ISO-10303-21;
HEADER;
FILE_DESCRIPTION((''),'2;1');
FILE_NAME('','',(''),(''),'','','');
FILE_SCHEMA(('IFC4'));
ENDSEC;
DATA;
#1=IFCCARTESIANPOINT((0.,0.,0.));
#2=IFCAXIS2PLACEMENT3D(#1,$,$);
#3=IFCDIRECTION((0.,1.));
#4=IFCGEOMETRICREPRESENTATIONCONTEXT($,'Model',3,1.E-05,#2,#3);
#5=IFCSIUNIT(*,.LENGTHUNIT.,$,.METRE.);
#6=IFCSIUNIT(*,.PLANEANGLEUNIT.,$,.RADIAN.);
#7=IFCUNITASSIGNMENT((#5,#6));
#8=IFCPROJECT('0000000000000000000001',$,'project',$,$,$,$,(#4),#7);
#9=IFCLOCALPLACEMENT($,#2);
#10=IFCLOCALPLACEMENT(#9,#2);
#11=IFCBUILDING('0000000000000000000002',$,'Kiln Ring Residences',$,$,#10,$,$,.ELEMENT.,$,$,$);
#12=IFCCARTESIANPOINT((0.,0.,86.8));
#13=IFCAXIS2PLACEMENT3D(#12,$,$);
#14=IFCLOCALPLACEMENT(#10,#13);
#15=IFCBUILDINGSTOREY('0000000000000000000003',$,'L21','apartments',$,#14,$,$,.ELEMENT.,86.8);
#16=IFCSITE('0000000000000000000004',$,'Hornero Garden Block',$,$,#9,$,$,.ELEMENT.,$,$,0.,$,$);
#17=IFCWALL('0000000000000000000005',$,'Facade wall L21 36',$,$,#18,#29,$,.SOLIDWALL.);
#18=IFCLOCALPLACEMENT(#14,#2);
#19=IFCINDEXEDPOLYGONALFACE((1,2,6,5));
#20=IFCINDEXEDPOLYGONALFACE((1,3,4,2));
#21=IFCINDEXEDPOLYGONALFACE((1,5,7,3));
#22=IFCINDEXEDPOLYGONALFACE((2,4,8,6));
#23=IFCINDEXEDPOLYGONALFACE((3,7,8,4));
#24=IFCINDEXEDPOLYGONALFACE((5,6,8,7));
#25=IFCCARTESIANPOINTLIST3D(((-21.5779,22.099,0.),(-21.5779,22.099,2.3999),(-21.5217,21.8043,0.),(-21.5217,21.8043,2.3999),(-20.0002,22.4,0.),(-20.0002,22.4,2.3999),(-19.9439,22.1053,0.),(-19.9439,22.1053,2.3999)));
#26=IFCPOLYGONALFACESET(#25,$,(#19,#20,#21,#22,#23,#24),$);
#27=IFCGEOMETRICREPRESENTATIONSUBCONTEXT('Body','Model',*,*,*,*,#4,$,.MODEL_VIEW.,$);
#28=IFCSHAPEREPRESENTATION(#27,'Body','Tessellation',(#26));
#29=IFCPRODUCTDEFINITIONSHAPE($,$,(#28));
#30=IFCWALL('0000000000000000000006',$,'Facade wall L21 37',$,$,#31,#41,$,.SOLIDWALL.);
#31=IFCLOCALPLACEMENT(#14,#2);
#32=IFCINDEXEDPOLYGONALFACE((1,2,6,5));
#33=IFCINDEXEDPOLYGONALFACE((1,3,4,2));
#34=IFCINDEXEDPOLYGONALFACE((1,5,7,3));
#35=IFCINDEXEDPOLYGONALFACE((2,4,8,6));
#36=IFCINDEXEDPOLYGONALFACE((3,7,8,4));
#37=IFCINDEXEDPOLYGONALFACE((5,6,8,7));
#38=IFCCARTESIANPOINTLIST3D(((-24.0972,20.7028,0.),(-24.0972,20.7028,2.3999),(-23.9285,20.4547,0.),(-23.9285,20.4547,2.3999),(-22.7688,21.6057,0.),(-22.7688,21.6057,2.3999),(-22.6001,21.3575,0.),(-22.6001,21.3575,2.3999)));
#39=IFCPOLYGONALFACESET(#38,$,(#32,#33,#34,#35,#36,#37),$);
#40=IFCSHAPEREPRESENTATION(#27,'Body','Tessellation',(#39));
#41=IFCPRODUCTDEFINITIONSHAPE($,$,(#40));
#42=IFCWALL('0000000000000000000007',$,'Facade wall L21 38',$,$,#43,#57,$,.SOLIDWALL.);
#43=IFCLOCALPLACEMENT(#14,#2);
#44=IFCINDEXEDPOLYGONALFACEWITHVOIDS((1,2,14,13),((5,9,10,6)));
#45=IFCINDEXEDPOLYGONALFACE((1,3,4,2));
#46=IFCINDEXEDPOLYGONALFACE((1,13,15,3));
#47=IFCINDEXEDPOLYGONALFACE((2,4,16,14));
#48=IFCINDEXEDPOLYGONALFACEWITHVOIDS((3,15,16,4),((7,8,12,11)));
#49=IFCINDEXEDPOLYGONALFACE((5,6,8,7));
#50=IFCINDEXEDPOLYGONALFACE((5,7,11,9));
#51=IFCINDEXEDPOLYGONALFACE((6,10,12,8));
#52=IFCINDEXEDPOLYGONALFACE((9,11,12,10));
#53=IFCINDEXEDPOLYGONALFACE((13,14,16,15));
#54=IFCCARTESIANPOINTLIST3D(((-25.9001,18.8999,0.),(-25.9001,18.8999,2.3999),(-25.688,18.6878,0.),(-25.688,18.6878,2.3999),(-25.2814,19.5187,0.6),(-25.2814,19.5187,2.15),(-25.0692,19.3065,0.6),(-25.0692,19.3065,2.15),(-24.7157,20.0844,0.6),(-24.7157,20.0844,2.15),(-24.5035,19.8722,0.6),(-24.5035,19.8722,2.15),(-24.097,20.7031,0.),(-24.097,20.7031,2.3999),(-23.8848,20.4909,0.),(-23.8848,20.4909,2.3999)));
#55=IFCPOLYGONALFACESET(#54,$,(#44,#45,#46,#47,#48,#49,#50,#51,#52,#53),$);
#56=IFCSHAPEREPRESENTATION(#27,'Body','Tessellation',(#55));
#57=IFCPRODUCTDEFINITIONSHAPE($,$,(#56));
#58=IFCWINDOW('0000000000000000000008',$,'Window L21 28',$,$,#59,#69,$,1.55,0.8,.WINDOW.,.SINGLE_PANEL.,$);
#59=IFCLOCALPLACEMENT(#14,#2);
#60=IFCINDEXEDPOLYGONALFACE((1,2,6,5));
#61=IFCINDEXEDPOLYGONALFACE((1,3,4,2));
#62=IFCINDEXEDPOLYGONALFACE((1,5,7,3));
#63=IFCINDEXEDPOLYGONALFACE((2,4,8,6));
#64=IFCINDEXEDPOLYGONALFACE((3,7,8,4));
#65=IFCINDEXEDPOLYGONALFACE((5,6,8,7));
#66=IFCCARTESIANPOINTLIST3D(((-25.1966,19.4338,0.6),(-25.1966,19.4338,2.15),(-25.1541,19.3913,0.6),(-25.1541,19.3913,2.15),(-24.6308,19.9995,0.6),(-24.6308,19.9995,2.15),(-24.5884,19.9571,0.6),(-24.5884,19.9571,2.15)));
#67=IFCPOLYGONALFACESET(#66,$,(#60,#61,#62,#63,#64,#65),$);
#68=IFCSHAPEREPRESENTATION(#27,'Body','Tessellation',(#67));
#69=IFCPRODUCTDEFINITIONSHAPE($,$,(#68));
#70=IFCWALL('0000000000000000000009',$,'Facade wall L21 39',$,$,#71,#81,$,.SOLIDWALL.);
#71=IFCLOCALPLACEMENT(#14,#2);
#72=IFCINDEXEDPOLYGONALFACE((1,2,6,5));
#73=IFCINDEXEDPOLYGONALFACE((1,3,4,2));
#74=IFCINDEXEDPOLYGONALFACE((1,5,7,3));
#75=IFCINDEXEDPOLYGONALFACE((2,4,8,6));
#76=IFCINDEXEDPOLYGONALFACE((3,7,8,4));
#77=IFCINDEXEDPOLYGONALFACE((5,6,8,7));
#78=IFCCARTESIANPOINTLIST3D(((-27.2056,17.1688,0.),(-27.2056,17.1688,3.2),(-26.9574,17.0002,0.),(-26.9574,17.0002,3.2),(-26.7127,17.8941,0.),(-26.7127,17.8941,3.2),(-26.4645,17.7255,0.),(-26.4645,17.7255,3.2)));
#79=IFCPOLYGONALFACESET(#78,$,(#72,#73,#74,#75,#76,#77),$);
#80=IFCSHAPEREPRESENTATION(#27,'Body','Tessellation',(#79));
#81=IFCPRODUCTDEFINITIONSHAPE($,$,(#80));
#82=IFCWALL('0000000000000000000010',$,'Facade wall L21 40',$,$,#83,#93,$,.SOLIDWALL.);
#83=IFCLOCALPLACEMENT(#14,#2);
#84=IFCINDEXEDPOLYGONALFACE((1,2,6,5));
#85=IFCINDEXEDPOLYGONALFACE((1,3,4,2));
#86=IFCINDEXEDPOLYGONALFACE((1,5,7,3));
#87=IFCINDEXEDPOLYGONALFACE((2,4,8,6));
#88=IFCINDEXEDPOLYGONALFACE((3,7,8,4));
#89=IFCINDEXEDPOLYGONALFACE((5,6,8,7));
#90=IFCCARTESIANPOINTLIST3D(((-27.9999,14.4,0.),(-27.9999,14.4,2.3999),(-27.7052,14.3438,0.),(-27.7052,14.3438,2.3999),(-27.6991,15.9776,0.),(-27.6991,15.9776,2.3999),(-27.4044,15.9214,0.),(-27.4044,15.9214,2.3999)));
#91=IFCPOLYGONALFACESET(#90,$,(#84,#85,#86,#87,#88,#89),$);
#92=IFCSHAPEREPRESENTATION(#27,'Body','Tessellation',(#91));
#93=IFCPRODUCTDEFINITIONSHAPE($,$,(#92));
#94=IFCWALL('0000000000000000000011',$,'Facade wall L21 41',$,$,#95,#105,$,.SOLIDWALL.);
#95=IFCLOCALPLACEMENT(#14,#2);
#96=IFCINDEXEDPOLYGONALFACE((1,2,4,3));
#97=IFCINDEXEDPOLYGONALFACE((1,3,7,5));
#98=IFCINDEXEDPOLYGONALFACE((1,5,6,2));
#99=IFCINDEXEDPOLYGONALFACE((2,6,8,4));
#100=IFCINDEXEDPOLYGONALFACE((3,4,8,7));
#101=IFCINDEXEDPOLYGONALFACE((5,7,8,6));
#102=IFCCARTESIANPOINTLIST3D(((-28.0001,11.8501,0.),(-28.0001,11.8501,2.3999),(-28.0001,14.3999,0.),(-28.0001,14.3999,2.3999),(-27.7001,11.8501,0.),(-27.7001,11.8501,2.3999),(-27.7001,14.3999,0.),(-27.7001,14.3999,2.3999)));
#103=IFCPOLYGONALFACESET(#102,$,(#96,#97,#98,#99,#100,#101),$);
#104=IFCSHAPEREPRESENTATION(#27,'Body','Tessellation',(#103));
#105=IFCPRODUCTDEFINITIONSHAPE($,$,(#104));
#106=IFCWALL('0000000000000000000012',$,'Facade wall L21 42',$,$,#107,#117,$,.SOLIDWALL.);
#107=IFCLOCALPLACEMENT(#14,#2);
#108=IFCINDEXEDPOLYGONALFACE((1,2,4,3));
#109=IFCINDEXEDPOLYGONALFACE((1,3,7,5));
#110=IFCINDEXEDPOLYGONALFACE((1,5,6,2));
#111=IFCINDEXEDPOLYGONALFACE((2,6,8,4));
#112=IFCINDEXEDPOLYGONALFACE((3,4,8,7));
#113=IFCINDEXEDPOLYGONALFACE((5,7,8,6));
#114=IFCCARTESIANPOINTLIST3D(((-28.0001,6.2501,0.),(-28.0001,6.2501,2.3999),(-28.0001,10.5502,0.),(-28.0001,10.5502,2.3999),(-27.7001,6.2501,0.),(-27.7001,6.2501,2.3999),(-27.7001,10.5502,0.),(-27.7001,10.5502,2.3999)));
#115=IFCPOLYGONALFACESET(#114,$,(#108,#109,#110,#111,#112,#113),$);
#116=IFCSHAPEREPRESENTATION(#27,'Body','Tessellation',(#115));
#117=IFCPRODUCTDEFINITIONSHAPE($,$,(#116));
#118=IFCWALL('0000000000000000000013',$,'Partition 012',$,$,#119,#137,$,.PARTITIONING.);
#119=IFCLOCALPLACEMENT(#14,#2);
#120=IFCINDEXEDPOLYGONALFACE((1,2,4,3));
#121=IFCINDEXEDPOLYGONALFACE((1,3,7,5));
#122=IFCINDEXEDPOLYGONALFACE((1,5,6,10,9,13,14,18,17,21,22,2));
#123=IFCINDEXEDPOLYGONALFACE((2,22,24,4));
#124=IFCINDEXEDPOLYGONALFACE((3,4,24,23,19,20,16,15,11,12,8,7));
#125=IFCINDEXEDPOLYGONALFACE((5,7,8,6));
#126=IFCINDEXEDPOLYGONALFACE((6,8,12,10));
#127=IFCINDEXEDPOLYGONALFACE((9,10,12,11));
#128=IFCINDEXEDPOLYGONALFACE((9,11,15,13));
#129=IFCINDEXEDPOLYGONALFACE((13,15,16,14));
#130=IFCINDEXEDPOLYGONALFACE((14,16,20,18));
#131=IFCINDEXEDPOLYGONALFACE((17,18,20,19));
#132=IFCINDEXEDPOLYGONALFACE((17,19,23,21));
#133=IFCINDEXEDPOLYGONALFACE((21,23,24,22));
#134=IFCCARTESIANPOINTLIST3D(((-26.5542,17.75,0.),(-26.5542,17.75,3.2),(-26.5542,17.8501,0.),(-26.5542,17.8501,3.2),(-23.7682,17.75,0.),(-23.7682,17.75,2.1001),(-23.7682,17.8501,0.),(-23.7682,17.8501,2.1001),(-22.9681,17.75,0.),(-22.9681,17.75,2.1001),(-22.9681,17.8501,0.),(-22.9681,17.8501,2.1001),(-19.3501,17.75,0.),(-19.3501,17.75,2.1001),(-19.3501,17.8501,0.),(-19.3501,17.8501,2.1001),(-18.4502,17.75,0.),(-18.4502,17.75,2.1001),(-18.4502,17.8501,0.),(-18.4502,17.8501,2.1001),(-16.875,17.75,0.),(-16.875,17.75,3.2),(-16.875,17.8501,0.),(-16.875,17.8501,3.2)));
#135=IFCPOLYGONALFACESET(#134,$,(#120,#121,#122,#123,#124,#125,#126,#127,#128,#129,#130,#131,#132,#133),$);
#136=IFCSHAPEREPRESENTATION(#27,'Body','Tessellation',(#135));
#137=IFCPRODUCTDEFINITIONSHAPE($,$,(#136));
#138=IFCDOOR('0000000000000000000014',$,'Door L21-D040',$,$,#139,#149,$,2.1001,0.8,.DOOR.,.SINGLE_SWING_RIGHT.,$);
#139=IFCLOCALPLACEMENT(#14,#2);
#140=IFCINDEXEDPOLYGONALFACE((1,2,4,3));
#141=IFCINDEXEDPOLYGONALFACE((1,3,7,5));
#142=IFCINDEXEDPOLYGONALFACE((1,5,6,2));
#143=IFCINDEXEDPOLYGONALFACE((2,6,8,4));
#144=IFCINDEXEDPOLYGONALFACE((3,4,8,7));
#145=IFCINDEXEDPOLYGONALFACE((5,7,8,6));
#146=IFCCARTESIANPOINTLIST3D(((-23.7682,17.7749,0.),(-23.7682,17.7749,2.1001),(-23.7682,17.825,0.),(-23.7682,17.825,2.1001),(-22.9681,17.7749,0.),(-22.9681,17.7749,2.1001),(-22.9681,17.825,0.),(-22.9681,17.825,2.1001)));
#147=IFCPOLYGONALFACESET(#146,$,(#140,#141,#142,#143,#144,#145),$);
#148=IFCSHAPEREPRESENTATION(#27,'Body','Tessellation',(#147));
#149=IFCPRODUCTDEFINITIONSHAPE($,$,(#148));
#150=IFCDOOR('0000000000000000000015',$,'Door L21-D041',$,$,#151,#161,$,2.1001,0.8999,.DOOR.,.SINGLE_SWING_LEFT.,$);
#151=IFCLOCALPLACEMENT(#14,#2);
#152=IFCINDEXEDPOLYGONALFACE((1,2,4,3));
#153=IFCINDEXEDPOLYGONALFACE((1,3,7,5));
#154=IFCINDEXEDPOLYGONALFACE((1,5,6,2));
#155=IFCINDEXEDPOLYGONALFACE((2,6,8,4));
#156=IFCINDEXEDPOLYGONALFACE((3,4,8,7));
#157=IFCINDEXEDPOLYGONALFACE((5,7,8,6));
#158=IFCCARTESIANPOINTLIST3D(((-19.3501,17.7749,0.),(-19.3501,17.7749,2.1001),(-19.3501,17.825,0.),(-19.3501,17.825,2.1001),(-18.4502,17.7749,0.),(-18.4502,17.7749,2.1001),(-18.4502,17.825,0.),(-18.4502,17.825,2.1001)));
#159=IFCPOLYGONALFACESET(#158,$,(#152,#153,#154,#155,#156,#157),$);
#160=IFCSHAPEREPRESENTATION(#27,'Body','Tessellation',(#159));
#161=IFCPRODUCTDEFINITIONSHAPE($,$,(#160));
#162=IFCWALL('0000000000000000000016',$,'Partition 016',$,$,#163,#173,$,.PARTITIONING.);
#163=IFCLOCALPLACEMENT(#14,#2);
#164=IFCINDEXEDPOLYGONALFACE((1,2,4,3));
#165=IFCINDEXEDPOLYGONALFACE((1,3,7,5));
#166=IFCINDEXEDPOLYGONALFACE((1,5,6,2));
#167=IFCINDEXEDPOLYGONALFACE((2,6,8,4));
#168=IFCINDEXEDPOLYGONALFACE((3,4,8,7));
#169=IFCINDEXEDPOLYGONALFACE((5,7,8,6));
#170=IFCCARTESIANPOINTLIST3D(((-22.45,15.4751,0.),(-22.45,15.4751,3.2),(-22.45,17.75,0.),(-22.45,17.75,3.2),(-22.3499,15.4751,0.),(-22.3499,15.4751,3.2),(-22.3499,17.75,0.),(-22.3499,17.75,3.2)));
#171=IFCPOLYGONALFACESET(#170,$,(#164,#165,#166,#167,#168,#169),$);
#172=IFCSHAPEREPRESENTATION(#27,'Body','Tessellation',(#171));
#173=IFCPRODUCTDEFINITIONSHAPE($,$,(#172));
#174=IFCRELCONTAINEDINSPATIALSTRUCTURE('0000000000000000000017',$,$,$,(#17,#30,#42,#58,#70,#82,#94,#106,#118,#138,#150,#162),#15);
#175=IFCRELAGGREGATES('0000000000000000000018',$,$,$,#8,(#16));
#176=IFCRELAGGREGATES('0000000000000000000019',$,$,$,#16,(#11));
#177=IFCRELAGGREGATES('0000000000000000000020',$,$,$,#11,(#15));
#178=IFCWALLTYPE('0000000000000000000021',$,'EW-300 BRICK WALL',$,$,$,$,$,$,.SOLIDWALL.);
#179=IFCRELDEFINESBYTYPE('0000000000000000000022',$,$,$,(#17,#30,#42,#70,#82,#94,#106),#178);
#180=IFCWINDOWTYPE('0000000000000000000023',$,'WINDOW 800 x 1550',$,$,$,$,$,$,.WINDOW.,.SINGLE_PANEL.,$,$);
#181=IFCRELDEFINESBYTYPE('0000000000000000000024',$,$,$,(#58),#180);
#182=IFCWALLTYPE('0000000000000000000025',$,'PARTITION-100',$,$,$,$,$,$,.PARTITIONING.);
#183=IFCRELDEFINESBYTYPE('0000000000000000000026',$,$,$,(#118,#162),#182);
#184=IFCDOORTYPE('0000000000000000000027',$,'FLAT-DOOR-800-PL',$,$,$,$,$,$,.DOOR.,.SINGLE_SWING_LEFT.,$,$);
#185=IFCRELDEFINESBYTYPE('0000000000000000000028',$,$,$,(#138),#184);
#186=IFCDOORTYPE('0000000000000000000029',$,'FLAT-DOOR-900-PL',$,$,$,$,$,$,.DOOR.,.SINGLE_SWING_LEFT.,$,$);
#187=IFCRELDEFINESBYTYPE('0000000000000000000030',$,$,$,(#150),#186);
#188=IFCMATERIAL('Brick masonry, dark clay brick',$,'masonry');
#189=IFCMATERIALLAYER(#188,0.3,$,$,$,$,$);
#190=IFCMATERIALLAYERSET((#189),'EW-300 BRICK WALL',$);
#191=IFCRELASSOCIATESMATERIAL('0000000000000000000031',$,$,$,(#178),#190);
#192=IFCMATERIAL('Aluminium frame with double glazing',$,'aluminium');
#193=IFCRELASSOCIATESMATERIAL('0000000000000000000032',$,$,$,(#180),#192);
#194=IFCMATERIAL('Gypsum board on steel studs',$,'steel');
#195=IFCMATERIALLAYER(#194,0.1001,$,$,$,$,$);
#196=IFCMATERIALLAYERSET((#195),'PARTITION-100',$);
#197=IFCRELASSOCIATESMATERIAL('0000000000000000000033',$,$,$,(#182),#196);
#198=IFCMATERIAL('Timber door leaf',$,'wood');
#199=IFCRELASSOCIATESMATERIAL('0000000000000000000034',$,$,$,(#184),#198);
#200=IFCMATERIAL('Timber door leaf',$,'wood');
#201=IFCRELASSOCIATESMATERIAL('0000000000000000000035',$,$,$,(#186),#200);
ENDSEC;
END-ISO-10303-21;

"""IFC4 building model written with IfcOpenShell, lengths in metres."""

from ifc_helpers import new_model, si_unit, direction, frame, frame_2d, origin, place, context, subcontext, project, spatial, rectangle, extrude, material, layer, layer_set, type_object, element, fill, save


model = new_model("IFC4")

# Units and contexts
model_context = context("Model", 3, precision=1e-05, world=origin(), true_north=direction((0.0, 1.0)))
body_context = subcontext(model_context, "Body", "Model", "MODEL_VIEW")
ifc_project = project(units=[si_unit("LENGTHUNIT", "METRE"), si_unit("PLANEANGLEUNIT", "RADIAN")], contexts=[model_context])

# Site, building, storey
site_placement = place(None, origin())
site = spatial("IfcSite", under=ifc_project, at=site_placement, Name="Hornero Garden Block", CompositionType="ELEMENT", RefElevation=0.0)
building_placement = place(site_placement, origin())
building = spatial("IfcBuilding", under=site, at=building_placement, Name="Kiln Ring Residences", CompositionType="ELEMENT")
storey_placement = place(building_placement, frame((0.0, 0.0, 86.8)))
storey = spatial("IfcBuildingStorey", under=building, at=storey_placement, Name="L21", Description="apartments", CompositionType="ELEMENT", Elevation=86.8)

# Walls
ifc_material_1 = material(Name="Brick masonry, dark clay brick", Category="masonry")
ifc_layer_1 = layer(ifc_material_1, 0.3)
ifc_layer_set_1 = layer_set([ifc_layer_1], Name="EW-300 BRICK WALL")
wall_type_1 = type_object("IfcWallType", Name="EW-300 BRICK WALL", PredefinedType="SOLIDWALL", material=ifc_layer_set_1)
for number, where, z_axis, x_axis, name in (
    (1, (-19.9719, 22.2527, 0.0), (0.0, 0.0, 1.0), (-0.982279, -0.187426, 0.0), "Facade wall L21 36"),
    (2, (-22.6843, 21.4817, 0.0), (0.0, 0.0, 1.0), (-0.827059, -0.562115, 0.0), "Facade wall L21 37"),
):
    element("IfcWall", number, at=place(storey_placement, frame(where, z_axis=z_axis, x_axis=x_axis)), inside=storey, type_object=wall_type_1, Name=name, PredefinedType="SOLIDWALL", context=body_context, shape_type="SweptSolid", body=[
        extrude(rectangle(XDim=1.6062, YDim=0.3, at=frame_2d((0.8032, 0.0))), origin(), (0.0, 0.0, 1.0), 2.3999),
    ])

# Wall, opening, window
wall_1_placement = place(storey_placement, frame((-23.991, 20.5969, 0.0), z_axis=(0.0, 0.0, 1.0), x_axis=(-0.707107, -0.707107, 0.0)))
wall_1 = element("IfcWall", 3, at=wall_1_placement, inside=storey, type_object=wall_type_1, Name="Facade wall L21 38", PredefinedType="SOLIDWALL", context=body_context, shape_type="SweptSolid", body=[
    extrude(rectangle(XDim=2.55, YDim=0.3, at=frame_2d((1.2749, 0.0))), origin(), (0.0, 0.0, 1.0), 2.3999),
])
opening_1_placement = place(wall_1_placement, frame((0.875, 0.0, 0.6001)))
opening_1 = element("IfcOpeningElement", 4, at=opening_1_placement, cuts=wall_1, PredefinedType="OPENING", context=body_context, shape_type="SweptSolid", body=[
    extrude(rectangle(XDim=0.8, YDim=1.55, at=frame_2d((0.3999, 0.7749))), frame((0.0, 0.1599, 0.0), z_axis=(0.0, -1.0, 0.0), x_axis=(1.0, 0.0, 0.0)), (0.0, 0.0, 1.0), 0.3201),
])
ifc_material_2 = material(Name="Aluminium frame with double glazing", Category="aluminium")
window_type = type_object("IfcWindowType", Name="WINDOW 800 x 1550", PartitioningType="SINGLE_PANEL", PredefinedType="WINDOW", material=ifc_material_2)
window_placement = place(opening_1_placement, origin())
window = element("IfcWindow", 5, at=window_placement, inside=storey, type_object=window_type, Name="Window L21 28", OverallHeight=1.55, OverallWidth=0.8, PartitioningType="SINGLE_PANEL", PredefinedType="WINDOW", context=body_context, shape_type="SweptSolid", body=[
    extrude(rectangle(XDim=0.8, YDim=1.55, at=frame_2d((0.3999, 0.7749))), frame((0.0, 0.03, 0.0), z_axis=(0.0, -1.0, 0.0), x_axis=(1.0, 0.0, 0.0)), (0.0, 0.0, 1.0), 0.0601),
])
fill(opening_1, window)

# Walls
wall_2_placement = place(storey_placement, frame((-26.5886, 17.8098, 0.0), z_axis=(0.0, 0.0, 1.0), x_axis=(-0.562066, -0.827092, 0.0)))
element("IfcWall", 6, at=wall_2_placement, inside=storey, type_object=wall_type_1, Name="Facade wall L21 39", PredefinedType="SOLIDWALL", context=body_context, shape_type="SweptSolid", body=[
    extrude(rectangle(XDim=0.877, YDim=0.3, at=frame_2d((0.4385, 0.0))), origin(), (0.0, 0.0, 1.0), 3.2),
])
wall_3_placement = place(storey_placement, frame((-27.5518, 15.9495, 0.0), z_axis=(0.0, 0.0, 1.0), x_axis=(-0.18728, -0.982307, 0.0)))
element("IfcWall", 7, at=wall_3_placement, inside=storey, type_object=wall_type_1, Name="Facade wall L21 40", PredefinedType="SOLIDWALL", context=body_context, shape_type="SweptSolid", body=[
    extrude(rectangle(XDim=1.606, YDim=0.3, at=frame_2d((0.803, 0.0))), origin(), (0.0, 0.0, 1.0), 2.3999),
])
wall_4_placement = place(storey_placement, frame((-27.8501, 14.3999, 0.0), z_axis=(0.0, 0.0, 1.0), x_axis=(0.0, -1.0, 0.0)))
element("IfcWall", 8, at=wall_4_placement, inside=storey, type_object=wall_type_1, Name="Facade wall L21 41", PredefinedType="SOLIDWALL", context=body_context, shape_type="SweptSolid", body=[
    extrude(rectangle(XDim=2.5498, YDim=0.3, at=frame_2d((1.2749, 0.0))), origin(), (0.0, 0.0, 1.0), 2.3999),
])
wall_5_placement = place(storey_placement, frame((-27.8501, 10.55, 0.0), z_axis=(0.0, 0.0, 1.0), x_axis=(0.0, -1.0, 0.0)))
element("IfcWall", 9, at=wall_5_placement, inside=storey, type_object=wall_type_1, Name="Facade wall L21 42", PredefinedType="SOLIDWALL", context=body_context, shape_type="SweptSolid", body=[
    extrude(rectangle(XDim=4.3, YDim=0.3, at=frame_2d((2.1499, 0.0))), origin(), (0.0, 0.0, 1.0), 2.3999),
])

# Wall, openings, doors
ifc_material_3 = material(Name="Gypsum board on steel studs", Category="steel")
ifc_layer_2 = layer(ifc_material_3, 0.1001)
ifc_layer_set_2 = layer_set([ifc_layer_2], Name="PARTITION-100")
wall_type_2 = type_object("IfcWallType", Name="PARTITION-100", PredefinedType="PARTITIONING", material=ifc_layer_set_2)
wall_6_placement = place(storey_placement, frame((-26.5542, 17.8, 0.0), z_axis=(0.0, 0.0, 1.0), x_axis=(1.0, 0.0, 0.0)))
wall_6 = element("IfcWall", 10, at=wall_6_placement, inside=storey, type_object=wall_type_2, Name="Partition 012", PredefinedType="PARTITIONING", context=body_context, shape_type="SweptSolid", body=[
    extrude(rectangle(XDim=9.6792, YDim=0.1001, at=frame_2d((4.8396, 0.0))), origin(), (0.0, 0.0, 1.0), 3.2),
])
opening_2_placement = place(wall_6_placement, frame((2.7861, 0.0, 0.0)))
opening_2 = element("IfcOpeningElement", 11, at=opening_2_placement, cuts=wall_6, PredefinedType="OPENING", context=body_context, shape_type="SweptSolid", body=[
    extrude(rectangle(XDim=0.8, YDim=2.1001, at=frame_2d((0.3999, 1.05))), frame((0.0, 0.0601, 0.0), z_axis=(0.0, -1.0, 0.0), x_axis=(1.0, 0.0, 0.0)), (0.0, 0.0, 1.0), 0.1201),
])
opening_3_placement = place(wall_6_placement, frame((7.2041, 0.0, 0.0)))
opening_3 = element("IfcOpeningElement", 12, at=opening_3_placement, cuts=wall_6, PredefinedType="OPENING", context=body_context, shape_type="SweptSolid", body=[
    extrude(rectangle(XDim=0.8999, YDim=2.1001, at=frame_2d((0.45, 1.05))), frame((0.0, 0.0601, 0.0), z_axis=(0.0, -1.0, 0.0), x_axis=(1.0, 0.0, 0.0)), (0.0, 0.0, 1.0), 0.1201),
])
ifc_material_4 = material(Name="Timber door leaf", Category="wood")
door_type_1 = type_object("IfcDoorType", Name="FLAT-DOOR-800-PL", OperationType="SINGLE_SWING_LEFT", PredefinedType="DOOR", material=ifc_material_4)
door_1_placement = place(opening_2_placement, origin())
door_1 = element("IfcDoor", 13, at=door_1_placement, inside=storey, type_object=door_type_1, Name="Door L21-D040", OperationType="SINGLE_SWING_RIGHT", OverallHeight=2.1001, OverallWidth=0.8, PredefinedType="DOOR", context=body_context, shape_type="SweptSolid", body=[
    extrude(rectangle(XDim=0.8, YDim=2.1001, at=frame_2d((0.3999, 1.05))), frame((0.0, 0.0249, 0.0), z_axis=(0.0, -1.0, 0.0), x_axis=(1.0, 0.0, 0.0)), (0.0, 0.0, 1.0), 0.05),
])
fill(opening_2, door_1)
ifc_material_5 = material(Name="Timber door leaf", Category="wood")
door_type_2 = type_object("IfcDoorType", Name="FLAT-DOOR-900-PL", OperationType="SINGLE_SWING_LEFT", PredefinedType="DOOR", material=ifc_material_5)
door_2_placement = place(opening_3_placement, origin())
door_2 = element("IfcDoor", 14, at=door_2_placement, inside=storey, type_object=door_type_2, Name="Door L21-D041", OperationType="SINGLE_SWING_LEFT", OverallHeight=2.1001, OverallWidth=0.8999, PredefinedType="DOOR", context=body_context, shape_type="SweptSolid", body=[
    extrude(rectangle(XDim=0.8999, YDim=2.1001, at=frame_2d((0.45, 1.05))), frame((0.0, 0.0249, 0.0), z_axis=(0.0, -1.0, 0.0), x_axis=(1.0, 0.0, 0.0)), (0.0, 0.0, 1.0), 0.05),
])
fill(opening_3, door_2)

# Wall
wall_7_placement = place(storey_placement, frame((-22.3999, 15.4751, 0.0), z_axis=(0.0, 0.0, 1.0), x_axis=(0.0, 1.0, 0.0)))
element("IfcWall", 15, at=wall_7_placement, inside=storey, type_object=wall_type_2, Name="Partition 016", PredefinedType="PARTITIONING", context=body_context, shape_type="SweptSolid", body=[
    extrude(rectangle(XDim=2.2749, YDim=0.1001, at=frame_2d((1.1375, 0.0))), origin(), (0.0, 0.0, 1.0), 3.2),
])

save(model, "model.ifc")
